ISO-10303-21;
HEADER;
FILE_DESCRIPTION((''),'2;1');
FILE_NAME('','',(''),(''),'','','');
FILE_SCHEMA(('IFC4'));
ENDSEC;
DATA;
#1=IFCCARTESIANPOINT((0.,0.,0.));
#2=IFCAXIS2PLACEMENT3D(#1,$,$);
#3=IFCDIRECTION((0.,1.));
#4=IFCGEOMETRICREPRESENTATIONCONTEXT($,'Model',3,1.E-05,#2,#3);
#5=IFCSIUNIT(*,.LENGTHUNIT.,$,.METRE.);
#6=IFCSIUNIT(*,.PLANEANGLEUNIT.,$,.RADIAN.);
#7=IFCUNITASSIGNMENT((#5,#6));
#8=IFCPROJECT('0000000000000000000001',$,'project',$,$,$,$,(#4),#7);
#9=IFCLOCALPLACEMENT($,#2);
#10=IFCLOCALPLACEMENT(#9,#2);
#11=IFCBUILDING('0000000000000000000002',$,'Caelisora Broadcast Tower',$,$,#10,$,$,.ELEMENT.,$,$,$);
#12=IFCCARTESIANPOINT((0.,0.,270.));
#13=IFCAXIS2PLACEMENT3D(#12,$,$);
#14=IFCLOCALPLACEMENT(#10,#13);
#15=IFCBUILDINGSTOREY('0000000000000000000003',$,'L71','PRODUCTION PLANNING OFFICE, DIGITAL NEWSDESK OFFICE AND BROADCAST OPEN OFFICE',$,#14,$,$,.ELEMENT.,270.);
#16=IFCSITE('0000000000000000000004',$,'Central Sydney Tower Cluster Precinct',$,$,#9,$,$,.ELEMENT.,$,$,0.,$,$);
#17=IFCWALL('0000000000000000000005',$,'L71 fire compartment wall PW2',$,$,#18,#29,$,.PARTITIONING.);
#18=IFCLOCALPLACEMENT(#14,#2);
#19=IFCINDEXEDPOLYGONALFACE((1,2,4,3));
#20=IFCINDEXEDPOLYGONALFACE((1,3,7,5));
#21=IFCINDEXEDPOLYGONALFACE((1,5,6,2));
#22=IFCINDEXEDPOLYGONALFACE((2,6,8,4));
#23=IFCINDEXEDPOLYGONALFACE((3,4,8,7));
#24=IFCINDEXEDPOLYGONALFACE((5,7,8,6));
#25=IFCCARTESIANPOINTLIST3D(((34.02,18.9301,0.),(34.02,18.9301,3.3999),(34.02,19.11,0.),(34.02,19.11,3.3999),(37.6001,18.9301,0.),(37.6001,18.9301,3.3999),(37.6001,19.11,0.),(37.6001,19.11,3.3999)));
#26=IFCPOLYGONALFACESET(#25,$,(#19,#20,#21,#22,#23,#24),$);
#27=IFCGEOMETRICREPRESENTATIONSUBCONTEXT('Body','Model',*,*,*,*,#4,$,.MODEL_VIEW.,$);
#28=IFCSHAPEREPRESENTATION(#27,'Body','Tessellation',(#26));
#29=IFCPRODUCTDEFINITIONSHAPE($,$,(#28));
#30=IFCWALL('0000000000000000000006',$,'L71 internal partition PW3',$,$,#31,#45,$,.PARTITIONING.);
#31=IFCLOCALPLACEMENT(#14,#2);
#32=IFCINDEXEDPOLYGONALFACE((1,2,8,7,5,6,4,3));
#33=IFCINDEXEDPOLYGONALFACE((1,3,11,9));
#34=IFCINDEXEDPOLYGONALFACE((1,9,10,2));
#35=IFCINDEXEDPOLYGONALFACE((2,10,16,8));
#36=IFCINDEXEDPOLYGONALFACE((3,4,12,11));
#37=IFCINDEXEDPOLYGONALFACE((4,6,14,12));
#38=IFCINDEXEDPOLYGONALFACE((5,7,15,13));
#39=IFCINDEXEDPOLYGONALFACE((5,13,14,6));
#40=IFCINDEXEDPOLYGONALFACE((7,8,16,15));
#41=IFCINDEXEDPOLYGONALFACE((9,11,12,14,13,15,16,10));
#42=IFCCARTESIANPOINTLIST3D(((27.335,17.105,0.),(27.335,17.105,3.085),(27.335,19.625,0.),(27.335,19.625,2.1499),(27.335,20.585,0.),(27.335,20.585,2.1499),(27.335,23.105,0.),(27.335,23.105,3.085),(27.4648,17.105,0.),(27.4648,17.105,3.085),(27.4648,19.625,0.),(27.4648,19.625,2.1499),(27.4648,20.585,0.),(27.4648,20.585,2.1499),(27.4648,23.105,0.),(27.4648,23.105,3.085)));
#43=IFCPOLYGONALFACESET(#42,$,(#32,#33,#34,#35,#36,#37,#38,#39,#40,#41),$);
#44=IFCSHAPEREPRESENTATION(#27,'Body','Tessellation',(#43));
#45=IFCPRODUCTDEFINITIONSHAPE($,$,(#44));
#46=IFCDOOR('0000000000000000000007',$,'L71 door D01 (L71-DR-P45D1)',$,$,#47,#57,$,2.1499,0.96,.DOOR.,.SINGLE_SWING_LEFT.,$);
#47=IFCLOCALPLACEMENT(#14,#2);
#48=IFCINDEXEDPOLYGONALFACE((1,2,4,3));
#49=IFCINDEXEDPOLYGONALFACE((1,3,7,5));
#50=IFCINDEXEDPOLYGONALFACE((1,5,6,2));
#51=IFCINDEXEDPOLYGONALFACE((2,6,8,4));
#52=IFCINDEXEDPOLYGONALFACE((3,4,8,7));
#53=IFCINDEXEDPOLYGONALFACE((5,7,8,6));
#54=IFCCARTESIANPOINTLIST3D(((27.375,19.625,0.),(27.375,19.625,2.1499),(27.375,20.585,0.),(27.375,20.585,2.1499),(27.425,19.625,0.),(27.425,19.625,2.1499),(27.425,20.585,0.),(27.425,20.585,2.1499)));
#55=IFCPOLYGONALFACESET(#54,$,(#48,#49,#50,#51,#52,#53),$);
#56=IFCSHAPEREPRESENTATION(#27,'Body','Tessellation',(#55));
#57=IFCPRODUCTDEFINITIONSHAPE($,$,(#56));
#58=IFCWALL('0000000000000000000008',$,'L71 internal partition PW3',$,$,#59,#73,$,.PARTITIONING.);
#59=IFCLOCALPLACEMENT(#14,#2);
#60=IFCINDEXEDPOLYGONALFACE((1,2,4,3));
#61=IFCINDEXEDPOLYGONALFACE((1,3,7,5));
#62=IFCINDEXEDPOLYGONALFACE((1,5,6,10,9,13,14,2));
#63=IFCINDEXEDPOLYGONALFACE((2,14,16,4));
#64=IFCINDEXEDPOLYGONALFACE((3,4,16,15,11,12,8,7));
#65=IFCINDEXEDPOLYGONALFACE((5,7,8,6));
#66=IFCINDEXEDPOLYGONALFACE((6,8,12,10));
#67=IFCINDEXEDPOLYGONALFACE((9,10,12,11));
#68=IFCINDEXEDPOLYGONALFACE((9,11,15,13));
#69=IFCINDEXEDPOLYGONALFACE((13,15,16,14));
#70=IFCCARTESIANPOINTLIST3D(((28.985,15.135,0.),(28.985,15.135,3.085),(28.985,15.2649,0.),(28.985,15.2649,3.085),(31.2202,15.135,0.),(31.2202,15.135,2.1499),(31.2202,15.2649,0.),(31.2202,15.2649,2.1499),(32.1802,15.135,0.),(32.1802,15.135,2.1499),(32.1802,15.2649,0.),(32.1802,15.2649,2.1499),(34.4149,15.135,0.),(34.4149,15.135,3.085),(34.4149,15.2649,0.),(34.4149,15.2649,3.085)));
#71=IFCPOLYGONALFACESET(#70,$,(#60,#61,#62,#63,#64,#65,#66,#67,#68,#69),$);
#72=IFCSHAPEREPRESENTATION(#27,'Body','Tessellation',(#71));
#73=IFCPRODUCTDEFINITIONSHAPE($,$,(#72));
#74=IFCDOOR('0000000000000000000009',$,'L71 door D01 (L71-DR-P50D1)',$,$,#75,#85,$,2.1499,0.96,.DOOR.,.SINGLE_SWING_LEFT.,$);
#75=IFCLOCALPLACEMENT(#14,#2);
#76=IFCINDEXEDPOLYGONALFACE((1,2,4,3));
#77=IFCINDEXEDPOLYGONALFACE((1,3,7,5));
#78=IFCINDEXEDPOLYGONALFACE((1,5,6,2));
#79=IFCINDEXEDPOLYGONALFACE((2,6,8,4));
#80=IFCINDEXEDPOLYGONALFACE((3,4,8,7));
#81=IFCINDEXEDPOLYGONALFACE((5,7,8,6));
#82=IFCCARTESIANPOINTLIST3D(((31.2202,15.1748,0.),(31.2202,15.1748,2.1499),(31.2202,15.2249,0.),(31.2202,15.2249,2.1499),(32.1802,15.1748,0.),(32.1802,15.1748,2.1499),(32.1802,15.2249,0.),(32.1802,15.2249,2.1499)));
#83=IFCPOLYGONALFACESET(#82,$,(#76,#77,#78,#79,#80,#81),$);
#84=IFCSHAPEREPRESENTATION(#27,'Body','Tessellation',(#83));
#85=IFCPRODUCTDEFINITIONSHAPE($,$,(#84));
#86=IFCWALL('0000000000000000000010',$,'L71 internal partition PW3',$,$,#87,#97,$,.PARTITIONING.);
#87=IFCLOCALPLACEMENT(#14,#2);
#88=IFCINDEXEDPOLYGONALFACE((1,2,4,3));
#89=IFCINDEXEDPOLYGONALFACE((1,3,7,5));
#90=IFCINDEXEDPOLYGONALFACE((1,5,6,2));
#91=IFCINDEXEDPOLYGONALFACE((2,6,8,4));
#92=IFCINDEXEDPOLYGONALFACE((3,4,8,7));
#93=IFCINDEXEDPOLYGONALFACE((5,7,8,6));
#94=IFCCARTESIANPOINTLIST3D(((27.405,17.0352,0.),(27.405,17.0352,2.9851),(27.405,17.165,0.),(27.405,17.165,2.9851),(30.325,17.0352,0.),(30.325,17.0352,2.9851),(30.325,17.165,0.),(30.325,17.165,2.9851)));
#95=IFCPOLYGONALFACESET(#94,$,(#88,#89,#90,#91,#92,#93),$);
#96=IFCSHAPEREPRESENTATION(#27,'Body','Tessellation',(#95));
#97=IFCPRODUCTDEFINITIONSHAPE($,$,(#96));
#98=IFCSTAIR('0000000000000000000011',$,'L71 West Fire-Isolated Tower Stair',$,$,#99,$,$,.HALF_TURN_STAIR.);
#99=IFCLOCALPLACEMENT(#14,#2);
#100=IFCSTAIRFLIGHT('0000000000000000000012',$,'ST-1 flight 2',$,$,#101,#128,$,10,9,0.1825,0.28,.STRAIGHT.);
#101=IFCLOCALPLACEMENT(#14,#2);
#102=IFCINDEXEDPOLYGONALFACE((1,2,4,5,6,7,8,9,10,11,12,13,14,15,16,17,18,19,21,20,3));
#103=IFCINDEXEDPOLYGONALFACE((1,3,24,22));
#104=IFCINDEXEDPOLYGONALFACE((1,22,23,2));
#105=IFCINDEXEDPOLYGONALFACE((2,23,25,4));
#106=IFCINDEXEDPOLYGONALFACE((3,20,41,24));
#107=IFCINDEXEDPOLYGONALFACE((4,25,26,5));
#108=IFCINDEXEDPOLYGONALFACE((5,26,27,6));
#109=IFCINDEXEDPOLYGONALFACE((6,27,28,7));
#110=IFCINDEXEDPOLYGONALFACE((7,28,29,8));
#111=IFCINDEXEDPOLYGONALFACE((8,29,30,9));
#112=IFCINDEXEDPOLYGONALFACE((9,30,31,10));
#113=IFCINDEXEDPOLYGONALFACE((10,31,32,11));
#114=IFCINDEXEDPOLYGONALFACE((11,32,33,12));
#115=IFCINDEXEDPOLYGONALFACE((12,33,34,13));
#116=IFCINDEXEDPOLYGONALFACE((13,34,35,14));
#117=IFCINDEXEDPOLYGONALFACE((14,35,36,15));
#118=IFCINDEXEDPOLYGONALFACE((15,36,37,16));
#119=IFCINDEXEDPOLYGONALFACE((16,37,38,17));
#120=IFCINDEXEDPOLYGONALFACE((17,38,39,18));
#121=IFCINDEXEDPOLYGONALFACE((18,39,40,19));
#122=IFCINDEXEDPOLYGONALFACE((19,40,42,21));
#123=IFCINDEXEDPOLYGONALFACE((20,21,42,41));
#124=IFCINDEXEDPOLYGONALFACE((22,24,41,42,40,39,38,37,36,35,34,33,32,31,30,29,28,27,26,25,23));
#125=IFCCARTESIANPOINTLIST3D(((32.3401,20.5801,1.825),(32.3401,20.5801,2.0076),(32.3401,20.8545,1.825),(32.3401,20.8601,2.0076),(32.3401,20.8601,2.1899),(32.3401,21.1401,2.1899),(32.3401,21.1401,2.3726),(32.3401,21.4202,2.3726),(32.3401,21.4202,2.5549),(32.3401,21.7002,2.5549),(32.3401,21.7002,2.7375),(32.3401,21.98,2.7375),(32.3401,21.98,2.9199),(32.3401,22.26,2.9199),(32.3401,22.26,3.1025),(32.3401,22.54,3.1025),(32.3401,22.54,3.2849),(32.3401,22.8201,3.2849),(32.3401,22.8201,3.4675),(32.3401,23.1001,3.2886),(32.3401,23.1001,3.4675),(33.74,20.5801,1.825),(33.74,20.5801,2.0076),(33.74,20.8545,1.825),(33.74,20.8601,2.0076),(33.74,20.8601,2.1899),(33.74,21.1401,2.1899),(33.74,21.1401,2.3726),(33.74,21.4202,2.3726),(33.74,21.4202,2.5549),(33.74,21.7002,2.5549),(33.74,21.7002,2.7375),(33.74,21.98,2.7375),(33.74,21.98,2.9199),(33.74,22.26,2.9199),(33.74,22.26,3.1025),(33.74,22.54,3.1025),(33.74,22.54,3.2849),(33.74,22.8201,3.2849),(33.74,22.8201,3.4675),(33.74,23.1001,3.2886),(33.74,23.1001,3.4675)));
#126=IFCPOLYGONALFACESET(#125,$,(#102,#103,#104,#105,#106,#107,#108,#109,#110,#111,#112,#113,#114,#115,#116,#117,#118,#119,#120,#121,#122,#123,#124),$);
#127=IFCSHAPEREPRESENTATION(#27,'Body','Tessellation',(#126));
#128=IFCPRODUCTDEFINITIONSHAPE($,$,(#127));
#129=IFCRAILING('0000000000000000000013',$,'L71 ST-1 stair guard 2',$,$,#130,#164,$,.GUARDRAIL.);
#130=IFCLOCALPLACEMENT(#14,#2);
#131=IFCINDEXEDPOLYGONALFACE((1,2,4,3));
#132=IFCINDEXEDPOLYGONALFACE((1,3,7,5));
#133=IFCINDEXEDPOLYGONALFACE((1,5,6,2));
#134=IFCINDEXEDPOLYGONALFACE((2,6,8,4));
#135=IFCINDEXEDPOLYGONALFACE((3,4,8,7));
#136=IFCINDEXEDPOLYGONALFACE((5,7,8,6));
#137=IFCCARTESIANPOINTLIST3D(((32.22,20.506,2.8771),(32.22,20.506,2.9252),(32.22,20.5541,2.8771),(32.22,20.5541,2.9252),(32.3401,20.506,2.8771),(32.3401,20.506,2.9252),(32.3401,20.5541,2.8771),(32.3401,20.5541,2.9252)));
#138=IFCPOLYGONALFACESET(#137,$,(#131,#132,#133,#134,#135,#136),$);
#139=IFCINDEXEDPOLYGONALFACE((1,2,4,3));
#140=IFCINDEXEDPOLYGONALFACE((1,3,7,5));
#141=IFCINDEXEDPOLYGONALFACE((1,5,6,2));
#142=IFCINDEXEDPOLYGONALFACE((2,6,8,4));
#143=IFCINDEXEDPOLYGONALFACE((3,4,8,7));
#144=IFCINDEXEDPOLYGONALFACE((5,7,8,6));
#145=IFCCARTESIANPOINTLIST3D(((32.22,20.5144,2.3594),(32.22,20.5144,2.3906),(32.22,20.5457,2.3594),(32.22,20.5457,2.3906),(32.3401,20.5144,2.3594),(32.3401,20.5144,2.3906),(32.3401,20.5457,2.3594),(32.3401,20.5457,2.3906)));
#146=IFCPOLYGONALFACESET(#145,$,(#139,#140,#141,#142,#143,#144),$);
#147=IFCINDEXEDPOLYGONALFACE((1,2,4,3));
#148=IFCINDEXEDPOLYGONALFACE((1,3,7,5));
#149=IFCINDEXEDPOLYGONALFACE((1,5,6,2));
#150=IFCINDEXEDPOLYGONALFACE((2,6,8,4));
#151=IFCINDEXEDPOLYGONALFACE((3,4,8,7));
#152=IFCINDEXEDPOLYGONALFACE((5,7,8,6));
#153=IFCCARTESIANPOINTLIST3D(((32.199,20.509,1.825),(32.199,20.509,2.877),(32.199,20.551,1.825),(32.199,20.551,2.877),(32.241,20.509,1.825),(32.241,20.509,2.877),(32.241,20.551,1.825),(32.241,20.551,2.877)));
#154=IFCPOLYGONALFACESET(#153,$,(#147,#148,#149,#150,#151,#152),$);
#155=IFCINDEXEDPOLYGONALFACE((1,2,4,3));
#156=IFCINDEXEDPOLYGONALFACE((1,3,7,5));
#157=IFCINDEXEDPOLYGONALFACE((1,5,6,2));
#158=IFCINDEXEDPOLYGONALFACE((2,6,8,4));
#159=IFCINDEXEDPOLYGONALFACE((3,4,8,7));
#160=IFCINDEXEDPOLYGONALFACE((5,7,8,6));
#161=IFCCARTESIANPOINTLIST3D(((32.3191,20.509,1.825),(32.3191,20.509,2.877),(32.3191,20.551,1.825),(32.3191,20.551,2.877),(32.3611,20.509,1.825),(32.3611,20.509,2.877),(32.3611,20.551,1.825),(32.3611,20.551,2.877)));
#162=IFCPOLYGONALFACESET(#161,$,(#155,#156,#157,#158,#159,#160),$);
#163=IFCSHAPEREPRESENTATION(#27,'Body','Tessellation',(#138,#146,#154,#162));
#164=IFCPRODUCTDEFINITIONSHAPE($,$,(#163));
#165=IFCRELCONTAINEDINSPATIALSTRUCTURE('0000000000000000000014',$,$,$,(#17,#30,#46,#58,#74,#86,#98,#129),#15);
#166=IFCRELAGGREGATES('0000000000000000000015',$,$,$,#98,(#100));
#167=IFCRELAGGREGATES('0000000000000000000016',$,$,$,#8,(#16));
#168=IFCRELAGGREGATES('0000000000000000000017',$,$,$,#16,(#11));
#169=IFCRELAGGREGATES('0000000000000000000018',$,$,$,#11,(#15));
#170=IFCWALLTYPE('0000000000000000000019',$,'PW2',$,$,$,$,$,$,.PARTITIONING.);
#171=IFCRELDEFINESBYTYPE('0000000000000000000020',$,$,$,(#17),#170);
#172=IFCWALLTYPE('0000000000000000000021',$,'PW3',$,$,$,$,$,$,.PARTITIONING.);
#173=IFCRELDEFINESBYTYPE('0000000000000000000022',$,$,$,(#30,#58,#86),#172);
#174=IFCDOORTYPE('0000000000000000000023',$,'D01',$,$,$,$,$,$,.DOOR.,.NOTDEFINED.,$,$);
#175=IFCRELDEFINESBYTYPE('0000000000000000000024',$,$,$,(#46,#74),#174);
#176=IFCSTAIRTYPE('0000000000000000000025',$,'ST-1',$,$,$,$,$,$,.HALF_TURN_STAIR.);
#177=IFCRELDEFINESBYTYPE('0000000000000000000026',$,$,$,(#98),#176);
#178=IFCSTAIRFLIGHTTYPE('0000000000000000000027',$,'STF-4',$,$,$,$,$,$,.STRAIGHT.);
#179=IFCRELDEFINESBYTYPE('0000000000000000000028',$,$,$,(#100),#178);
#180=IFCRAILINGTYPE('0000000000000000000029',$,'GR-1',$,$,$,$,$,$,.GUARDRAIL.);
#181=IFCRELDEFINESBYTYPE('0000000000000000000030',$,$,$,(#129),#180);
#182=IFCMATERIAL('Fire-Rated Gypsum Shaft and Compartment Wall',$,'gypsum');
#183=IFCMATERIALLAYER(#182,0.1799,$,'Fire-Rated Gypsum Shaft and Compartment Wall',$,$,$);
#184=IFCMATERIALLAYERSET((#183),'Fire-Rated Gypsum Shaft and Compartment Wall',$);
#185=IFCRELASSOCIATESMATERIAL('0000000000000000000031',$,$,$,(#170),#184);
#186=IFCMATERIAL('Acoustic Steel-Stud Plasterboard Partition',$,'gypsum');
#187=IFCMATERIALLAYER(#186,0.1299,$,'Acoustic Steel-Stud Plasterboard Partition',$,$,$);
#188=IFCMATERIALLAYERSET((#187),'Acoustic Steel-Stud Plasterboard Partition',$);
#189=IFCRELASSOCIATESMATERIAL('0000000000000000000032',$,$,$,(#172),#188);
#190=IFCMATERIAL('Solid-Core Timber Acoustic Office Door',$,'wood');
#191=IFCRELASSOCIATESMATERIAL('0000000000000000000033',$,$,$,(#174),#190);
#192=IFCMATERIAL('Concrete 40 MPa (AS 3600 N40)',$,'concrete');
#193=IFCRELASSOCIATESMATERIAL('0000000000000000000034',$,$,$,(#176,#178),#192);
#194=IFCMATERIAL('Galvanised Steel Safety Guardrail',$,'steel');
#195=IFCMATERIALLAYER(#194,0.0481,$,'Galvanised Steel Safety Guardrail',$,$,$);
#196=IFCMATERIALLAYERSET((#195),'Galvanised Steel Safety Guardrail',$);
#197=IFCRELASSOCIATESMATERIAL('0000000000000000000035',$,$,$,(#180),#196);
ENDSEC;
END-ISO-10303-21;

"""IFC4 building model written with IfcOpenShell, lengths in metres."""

from ifc_helpers import new_model, si_unit, direction, frame, frame_2d, origin, origin_2d, place, context, subcontext, project, spatial, polyline, rectangle, outline, extrude, material, layer, layer_set, type_object, element, fill, aggregate, save


model = new_model("IFC4")

# Units and contexts
model_context = context("Model", 3, precision=1e-05, world=origin(), true_north=direction((0.0, 1.0)))
body_context = subcontext(model_context, "Body", "Model", "MODEL_VIEW")
ifc_project = project(units=[si_unit("LENGTHUNIT", "METRE"), si_unit("PLANEANGLEUNIT", "RADIAN")], contexts=[model_context])

# Site, building, storey
site_placement = place(None, origin())
site = spatial("IfcSite", under=ifc_project, at=site_placement, Name="Central Sydney Tower Cluster Precinct", CompositionType="ELEMENT", RefElevation=0.0)
building_placement = place(site_placement, origin())
building = spatial("IfcBuilding", under=site, at=building_placement, Name="Caelisora Broadcast Tower", CompositionType="ELEMENT")
storey_placement = place(building_placement, frame((0.0, 0.0, 270.0)))
storey = spatial("IfcBuildingStorey", under=building, at=storey_placement, Name="L71", Description="PRODUCTION PLANNING OFFICE, DIGITAL NEWSDESK OFFICE AND BROADCAST OPEN OFFICE", CompositionType="ELEMENT", Elevation=270.0)

# Shared definitions
ifc_material_1 = material(Name="Concrete 40 MPa (AS 3600 N40)", Category="concrete")

# Wall
ifc_material_2 = material(Name="Fire-Rated Gypsum Shaft and Compartment Wall", Category="gypsum")
ifc_layer_1 = layer(ifc_material_2, 0.1799, Name="Fire-Rated Gypsum Shaft and Compartment Wall")
ifc_layer_set_1 = layer_set([ifc_layer_1], Name="Fire-Rated Gypsum Shaft and Compartment Wall")
wall_type_1 = type_object("IfcWallType", Name="PW2", PredefinedType="PARTITIONING", material=ifc_layer_set_1)
wall_1_placement = place(storey_placement, frame((34.02, 19.02, 0.0), z_axis=(0.0, 0.0, 1.0), x_axis=(1.0, 0.0, 0.0)))
element("IfcWall", 1, at=wall_1_placement, inside=storey, type_object=wall_type_1, Name="L71 fire compartment wall PW2", PredefinedType="PARTITIONING", context=body_context, shape_type="SweptSolid", body=[
    extrude(rectangle(XDim=3.5801, YDim=0.1799, at=frame_2d((1.79, 0.0))), origin(), (0.0, 0.0, 1.0), 3.3999),
])

# Walls, openings, doors
ifc_material_3 = material(Name="Acoustic Steel-Stud Plasterboard Partition", Category="gypsum")
ifc_layer_2 = layer(ifc_material_3, 0.1299, Name="Acoustic Steel-Stud Plasterboard Partition")
ifc_layer_set_2 = layer_set([ifc_layer_2], Name="Acoustic Steel-Stud Plasterboard Partition")
wall_type_2 = type_object("IfcWallType", Name="PW3", PredefinedType="PARTITIONING", material=ifc_layer_set_2)
wall_2_placement = place(storey_placement, frame((27.3999, 17.105, 0.0), z_axis=(0.0, 0.0, 1.0), x_axis=(0.0, 1.0, 0.0)))
wall_2 = element("IfcWall", 2, at=wall_2_placement, inside=storey, type_object=wall_type_2, Name="L71 internal partition PW3", PredefinedType="PARTITIONING", context=body_context, shape_type="SweptSolid", body=[
    extrude(rectangle(XDim=6.0, YDim=0.1299, at=frame_2d((3.0, 0.0))), origin(), (0.0, 0.0, 1.0), 3.085),
])
opening_1_placement = place(wall_2_placement, frame((2.52, 0.0, 0.0)))
opening_1 = element("IfcOpeningElement", 3, at=opening_1_placement, cuts=wall_2, PredefinedType="OPENING", context=body_context, shape_type="SweptSolid", body=[
    extrude(rectangle(XDim=0.96, YDim=2.1499, at=frame_2d((0.48, 1.075))), frame((0.0, 0.0769, 0.0), z_axis=(0.0, -1.0, 0.0), x_axis=(1.0, 0.0, 0.0)), (0.0, 0.0, 1.0), 0.1538),
])
ifc_material_4 = material(Name="Solid-Core Timber Acoustic Office Door", Category="wood")
door_type_1 = type_object("IfcDoorType", Name="D01", OperationType="NOTDEFINED", PredefinedType="DOOR", material=ifc_material_4)
door_1_placement = place(opening_1_placement, origin())
door_1 = element("IfcDoor", 4, at=door_1_placement, inside=storey, type_object=door_type_1, Name="L71 door D01 (L71-DR-P45D1)", OperationType="SINGLE_SWING_LEFT", OverallHeight=2.1499, OverallWidth=0.96, PredefinedType="DOOR", context=body_context, shape_type="SweptSolid", body=[
    extrude(rectangle(XDim=0.96, YDim=2.1499, at=frame_2d((0.48, 1.075))), frame((0.0, 0.0249, 0.0), z_axis=(0.0, -1.0, 0.0), x_axis=(1.0, 0.0, 0.0)), (0.0, 0.0, 1.0), 0.05),
])
fill(opening_1, door_1)
wall_3_placement = place(storey_placement, frame((28.9851, 15.2, 0.0), z_axis=(0.0, 0.0, 1.0), x_axis=(1.0, 0.0, 0.0)))
wall_3 = element("IfcWall", 5, at=wall_3_placement, inside=storey, type_object=wall_type_2, Name="L71 internal partition PW3", PredefinedType="PARTITIONING", context=body_context, shape_type="SweptSolid", body=[
    extrude(rectangle(XDim=5.4299, YDim=0.1299, at=frame_2d((2.7148, 0.0))), origin(), (0.0, 0.0, 1.0), 3.085),
])
opening_2_placement = place(wall_3_placement, frame((2.2351, 0.0, 0.0)))
opening_2 = element("IfcOpeningElement", 6, at=opening_2_placement, cuts=wall_3, PredefinedType="OPENING", context=body_context, shape_type="SweptSolid", body=[
    extrude(rectangle(XDim=0.96, YDim=2.1499, at=frame_2d((0.48, 1.075))), frame((0.0, 0.0769, 0.0), z_axis=(0.0, -1.0, 0.0), x_axis=(1.0, 0.0, 0.0)), (0.0, 0.0, 1.0), 0.1538),
])
door_2_placement = place(opening_2_placement, origin())
door_2 = element("IfcDoor", 7, at=door_2_placement, inside=storey, type_object=door_type_1, Name="L71 door D01 (L71-DR-P50D1)", OperationType="SINGLE_SWING_LEFT", OverallHeight=2.1499, OverallWidth=0.96, PredefinedType="DOOR", context=body_context, shape_type="SweptSolid", body=[
    extrude(rectangle(XDim=0.96, YDim=2.1499, at=frame_2d((0.48, 1.075))), frame((0.0, 0.0249, 0.0), z_axis=(0.0, -1.0, 0.0), x_axis=(1.0, 0.0, 0.0)), (0.0, 0.0, 1.0), 0.05),
])
fill(opening_2, door_2)

# Wall
wall_4_placement = place(storey_placement, frame((30.325, 17.1001, 0.0), z_axis=(0.0, 0.0, 1.0), x_axis=(-1.0, 0.0, 0.0)))
element("IfcWall", 8, at=wall_4_placement, inside=storey, type_object=wall_type_2, Name="L71 internal partition PW3", PredefinedType="PARTITIONING", context=body_context, shape_type="SweptSolid", body=[
    extrude(rectangle(XDim=2.9199, YDim=0.1299, at=frame_2d((1.46, 0.0))), origin(), (0.0, 0.0, 1.0), 2.9851),
])

# Stair, stair flight
stair_type = type_object("IfcStairType", Name="ST-1", PredefinedType="HALF_TURN_STAIR", material=ifc_material_1)
stair_placement = place(storey_placement, origin())
stair = element("IfcStair", 9, at=stair_placement, inside=storey, type_object=stair_type, Name="L71 West Fire-Isolated Tower Stair", PredefinedType="HALF_TURN_STAIR")
stair_flight_type = type_object("IfcStairFlightType", Name="STF-4", PredefinedType="STRAIGHT", material=ifc_material_1)
stair_flight_placement = place(storey_placement, frame((33.04, 20.5801, 1.825), z_axis=(0.0, 0.0, 1.0), x_axis=(0.0, 1.0, 0.0)))
stair_flight = element("IfcStairFlight", 10, at=stair_flight_placement, type_object=stair_flight_type, Name="ST-1 flight 2", NumberOfRisers=10, NumberOfTreads=9, PredefinedType="STRAIGHT", RiserHeight=0.1825, TreadLength=0.28, context=body_context, shape_type="SweptSolid", body=[
    extrude(outline(polyline([(0.0, 0.0), (0.0, 0.1826), (0.28, 0.1826), (0.28, 0.365), (0.5601, 0.365), (0.5601, 0.5476), (0.8401, 0.5476), (0.8401, 0.73), (1.1201, 0.73), (1.1201, 0.9126), (1.3999, 0.9126), (1.3999, 1.095), (1.6799, 1.095), (1.6799, 1.2776), (1.96, 1.2776), (1.96, 1.46), (2.24, 1.46), (2.24, 1.6426), (2.52, 1.6426), (2.52, 1.825), (2.52, 1.4636), (0.2744, 0.0), (0.0, 0.0)])), frame((0.0, 0.7, 0.0), z_axis=(0.0, -1.0, 0.0), x_axis=(1.0, 0.0, 0.0)), (0.0, 0.0, 1.0), 1.3999),
])
aggregate(stair, [stair_flight])

# Railing
ifc_material_5 = material(Name="Galvanised Steel Safety Guardrail", Category="steel")
ifc_layer_3 = layer(ifc_material_5, 0.0481, Name="Galvanised Steel Safety Guardrail")
ifc_layer_set_3 = layer_set([ifc_layer_3], Name="Galvanised Steel Safety Guardrail")
railing_type = type_object("IfcRailingType", Name="GR-1", PredefinedType="GUARDRAIL", material=ifc_layer_set_3)
railing_1_placement = place(storey_placement, frame((32.22, 20.53, 1.825)))
element("IfcRailing", 11, at=railing_1_placement, inside=storey, type_object=railing_type, Name="L71 ST-1 stair guard 2", PredefinedType="GUARDRAIL", context=body_context, shape_type="SweptSolid", body=[
    extrude(rectangle(XDim=0.0481, YDim=0.0481, at=origin_2d()), frame((0.0, 0.0, 1.0762), z_axis=(1.0, 0.0, 0.0), x_axis=(0.0, 1.0, 0.0)), (0.0, 0.0, 1.0), 0.1201),
    extrude(rectangle(XDim=0.0312, YDim=0.0312, at=origin_2d()), frame((0.0, 0.0, 0.55), z_axis=(1.0, 0.0, 0.0), x_axis=(0.0, 1.0, 0.0)), (0.0, 0.0, 1.0), 0.1201),
    extrude(rectangle(XDim=0.042, YDim=0.042, at=origin_2d()), origin(), (0.0, 0.0, 1.0), 1.052),
    extrude(rectangle(XDim=0.042, YDim=0.042, at=origin_2d()), frame((0.1201, 0.0, 0.0)), (0.0, 0.0, 1.0), 1.052),
])

save(model, "model.ifc")
